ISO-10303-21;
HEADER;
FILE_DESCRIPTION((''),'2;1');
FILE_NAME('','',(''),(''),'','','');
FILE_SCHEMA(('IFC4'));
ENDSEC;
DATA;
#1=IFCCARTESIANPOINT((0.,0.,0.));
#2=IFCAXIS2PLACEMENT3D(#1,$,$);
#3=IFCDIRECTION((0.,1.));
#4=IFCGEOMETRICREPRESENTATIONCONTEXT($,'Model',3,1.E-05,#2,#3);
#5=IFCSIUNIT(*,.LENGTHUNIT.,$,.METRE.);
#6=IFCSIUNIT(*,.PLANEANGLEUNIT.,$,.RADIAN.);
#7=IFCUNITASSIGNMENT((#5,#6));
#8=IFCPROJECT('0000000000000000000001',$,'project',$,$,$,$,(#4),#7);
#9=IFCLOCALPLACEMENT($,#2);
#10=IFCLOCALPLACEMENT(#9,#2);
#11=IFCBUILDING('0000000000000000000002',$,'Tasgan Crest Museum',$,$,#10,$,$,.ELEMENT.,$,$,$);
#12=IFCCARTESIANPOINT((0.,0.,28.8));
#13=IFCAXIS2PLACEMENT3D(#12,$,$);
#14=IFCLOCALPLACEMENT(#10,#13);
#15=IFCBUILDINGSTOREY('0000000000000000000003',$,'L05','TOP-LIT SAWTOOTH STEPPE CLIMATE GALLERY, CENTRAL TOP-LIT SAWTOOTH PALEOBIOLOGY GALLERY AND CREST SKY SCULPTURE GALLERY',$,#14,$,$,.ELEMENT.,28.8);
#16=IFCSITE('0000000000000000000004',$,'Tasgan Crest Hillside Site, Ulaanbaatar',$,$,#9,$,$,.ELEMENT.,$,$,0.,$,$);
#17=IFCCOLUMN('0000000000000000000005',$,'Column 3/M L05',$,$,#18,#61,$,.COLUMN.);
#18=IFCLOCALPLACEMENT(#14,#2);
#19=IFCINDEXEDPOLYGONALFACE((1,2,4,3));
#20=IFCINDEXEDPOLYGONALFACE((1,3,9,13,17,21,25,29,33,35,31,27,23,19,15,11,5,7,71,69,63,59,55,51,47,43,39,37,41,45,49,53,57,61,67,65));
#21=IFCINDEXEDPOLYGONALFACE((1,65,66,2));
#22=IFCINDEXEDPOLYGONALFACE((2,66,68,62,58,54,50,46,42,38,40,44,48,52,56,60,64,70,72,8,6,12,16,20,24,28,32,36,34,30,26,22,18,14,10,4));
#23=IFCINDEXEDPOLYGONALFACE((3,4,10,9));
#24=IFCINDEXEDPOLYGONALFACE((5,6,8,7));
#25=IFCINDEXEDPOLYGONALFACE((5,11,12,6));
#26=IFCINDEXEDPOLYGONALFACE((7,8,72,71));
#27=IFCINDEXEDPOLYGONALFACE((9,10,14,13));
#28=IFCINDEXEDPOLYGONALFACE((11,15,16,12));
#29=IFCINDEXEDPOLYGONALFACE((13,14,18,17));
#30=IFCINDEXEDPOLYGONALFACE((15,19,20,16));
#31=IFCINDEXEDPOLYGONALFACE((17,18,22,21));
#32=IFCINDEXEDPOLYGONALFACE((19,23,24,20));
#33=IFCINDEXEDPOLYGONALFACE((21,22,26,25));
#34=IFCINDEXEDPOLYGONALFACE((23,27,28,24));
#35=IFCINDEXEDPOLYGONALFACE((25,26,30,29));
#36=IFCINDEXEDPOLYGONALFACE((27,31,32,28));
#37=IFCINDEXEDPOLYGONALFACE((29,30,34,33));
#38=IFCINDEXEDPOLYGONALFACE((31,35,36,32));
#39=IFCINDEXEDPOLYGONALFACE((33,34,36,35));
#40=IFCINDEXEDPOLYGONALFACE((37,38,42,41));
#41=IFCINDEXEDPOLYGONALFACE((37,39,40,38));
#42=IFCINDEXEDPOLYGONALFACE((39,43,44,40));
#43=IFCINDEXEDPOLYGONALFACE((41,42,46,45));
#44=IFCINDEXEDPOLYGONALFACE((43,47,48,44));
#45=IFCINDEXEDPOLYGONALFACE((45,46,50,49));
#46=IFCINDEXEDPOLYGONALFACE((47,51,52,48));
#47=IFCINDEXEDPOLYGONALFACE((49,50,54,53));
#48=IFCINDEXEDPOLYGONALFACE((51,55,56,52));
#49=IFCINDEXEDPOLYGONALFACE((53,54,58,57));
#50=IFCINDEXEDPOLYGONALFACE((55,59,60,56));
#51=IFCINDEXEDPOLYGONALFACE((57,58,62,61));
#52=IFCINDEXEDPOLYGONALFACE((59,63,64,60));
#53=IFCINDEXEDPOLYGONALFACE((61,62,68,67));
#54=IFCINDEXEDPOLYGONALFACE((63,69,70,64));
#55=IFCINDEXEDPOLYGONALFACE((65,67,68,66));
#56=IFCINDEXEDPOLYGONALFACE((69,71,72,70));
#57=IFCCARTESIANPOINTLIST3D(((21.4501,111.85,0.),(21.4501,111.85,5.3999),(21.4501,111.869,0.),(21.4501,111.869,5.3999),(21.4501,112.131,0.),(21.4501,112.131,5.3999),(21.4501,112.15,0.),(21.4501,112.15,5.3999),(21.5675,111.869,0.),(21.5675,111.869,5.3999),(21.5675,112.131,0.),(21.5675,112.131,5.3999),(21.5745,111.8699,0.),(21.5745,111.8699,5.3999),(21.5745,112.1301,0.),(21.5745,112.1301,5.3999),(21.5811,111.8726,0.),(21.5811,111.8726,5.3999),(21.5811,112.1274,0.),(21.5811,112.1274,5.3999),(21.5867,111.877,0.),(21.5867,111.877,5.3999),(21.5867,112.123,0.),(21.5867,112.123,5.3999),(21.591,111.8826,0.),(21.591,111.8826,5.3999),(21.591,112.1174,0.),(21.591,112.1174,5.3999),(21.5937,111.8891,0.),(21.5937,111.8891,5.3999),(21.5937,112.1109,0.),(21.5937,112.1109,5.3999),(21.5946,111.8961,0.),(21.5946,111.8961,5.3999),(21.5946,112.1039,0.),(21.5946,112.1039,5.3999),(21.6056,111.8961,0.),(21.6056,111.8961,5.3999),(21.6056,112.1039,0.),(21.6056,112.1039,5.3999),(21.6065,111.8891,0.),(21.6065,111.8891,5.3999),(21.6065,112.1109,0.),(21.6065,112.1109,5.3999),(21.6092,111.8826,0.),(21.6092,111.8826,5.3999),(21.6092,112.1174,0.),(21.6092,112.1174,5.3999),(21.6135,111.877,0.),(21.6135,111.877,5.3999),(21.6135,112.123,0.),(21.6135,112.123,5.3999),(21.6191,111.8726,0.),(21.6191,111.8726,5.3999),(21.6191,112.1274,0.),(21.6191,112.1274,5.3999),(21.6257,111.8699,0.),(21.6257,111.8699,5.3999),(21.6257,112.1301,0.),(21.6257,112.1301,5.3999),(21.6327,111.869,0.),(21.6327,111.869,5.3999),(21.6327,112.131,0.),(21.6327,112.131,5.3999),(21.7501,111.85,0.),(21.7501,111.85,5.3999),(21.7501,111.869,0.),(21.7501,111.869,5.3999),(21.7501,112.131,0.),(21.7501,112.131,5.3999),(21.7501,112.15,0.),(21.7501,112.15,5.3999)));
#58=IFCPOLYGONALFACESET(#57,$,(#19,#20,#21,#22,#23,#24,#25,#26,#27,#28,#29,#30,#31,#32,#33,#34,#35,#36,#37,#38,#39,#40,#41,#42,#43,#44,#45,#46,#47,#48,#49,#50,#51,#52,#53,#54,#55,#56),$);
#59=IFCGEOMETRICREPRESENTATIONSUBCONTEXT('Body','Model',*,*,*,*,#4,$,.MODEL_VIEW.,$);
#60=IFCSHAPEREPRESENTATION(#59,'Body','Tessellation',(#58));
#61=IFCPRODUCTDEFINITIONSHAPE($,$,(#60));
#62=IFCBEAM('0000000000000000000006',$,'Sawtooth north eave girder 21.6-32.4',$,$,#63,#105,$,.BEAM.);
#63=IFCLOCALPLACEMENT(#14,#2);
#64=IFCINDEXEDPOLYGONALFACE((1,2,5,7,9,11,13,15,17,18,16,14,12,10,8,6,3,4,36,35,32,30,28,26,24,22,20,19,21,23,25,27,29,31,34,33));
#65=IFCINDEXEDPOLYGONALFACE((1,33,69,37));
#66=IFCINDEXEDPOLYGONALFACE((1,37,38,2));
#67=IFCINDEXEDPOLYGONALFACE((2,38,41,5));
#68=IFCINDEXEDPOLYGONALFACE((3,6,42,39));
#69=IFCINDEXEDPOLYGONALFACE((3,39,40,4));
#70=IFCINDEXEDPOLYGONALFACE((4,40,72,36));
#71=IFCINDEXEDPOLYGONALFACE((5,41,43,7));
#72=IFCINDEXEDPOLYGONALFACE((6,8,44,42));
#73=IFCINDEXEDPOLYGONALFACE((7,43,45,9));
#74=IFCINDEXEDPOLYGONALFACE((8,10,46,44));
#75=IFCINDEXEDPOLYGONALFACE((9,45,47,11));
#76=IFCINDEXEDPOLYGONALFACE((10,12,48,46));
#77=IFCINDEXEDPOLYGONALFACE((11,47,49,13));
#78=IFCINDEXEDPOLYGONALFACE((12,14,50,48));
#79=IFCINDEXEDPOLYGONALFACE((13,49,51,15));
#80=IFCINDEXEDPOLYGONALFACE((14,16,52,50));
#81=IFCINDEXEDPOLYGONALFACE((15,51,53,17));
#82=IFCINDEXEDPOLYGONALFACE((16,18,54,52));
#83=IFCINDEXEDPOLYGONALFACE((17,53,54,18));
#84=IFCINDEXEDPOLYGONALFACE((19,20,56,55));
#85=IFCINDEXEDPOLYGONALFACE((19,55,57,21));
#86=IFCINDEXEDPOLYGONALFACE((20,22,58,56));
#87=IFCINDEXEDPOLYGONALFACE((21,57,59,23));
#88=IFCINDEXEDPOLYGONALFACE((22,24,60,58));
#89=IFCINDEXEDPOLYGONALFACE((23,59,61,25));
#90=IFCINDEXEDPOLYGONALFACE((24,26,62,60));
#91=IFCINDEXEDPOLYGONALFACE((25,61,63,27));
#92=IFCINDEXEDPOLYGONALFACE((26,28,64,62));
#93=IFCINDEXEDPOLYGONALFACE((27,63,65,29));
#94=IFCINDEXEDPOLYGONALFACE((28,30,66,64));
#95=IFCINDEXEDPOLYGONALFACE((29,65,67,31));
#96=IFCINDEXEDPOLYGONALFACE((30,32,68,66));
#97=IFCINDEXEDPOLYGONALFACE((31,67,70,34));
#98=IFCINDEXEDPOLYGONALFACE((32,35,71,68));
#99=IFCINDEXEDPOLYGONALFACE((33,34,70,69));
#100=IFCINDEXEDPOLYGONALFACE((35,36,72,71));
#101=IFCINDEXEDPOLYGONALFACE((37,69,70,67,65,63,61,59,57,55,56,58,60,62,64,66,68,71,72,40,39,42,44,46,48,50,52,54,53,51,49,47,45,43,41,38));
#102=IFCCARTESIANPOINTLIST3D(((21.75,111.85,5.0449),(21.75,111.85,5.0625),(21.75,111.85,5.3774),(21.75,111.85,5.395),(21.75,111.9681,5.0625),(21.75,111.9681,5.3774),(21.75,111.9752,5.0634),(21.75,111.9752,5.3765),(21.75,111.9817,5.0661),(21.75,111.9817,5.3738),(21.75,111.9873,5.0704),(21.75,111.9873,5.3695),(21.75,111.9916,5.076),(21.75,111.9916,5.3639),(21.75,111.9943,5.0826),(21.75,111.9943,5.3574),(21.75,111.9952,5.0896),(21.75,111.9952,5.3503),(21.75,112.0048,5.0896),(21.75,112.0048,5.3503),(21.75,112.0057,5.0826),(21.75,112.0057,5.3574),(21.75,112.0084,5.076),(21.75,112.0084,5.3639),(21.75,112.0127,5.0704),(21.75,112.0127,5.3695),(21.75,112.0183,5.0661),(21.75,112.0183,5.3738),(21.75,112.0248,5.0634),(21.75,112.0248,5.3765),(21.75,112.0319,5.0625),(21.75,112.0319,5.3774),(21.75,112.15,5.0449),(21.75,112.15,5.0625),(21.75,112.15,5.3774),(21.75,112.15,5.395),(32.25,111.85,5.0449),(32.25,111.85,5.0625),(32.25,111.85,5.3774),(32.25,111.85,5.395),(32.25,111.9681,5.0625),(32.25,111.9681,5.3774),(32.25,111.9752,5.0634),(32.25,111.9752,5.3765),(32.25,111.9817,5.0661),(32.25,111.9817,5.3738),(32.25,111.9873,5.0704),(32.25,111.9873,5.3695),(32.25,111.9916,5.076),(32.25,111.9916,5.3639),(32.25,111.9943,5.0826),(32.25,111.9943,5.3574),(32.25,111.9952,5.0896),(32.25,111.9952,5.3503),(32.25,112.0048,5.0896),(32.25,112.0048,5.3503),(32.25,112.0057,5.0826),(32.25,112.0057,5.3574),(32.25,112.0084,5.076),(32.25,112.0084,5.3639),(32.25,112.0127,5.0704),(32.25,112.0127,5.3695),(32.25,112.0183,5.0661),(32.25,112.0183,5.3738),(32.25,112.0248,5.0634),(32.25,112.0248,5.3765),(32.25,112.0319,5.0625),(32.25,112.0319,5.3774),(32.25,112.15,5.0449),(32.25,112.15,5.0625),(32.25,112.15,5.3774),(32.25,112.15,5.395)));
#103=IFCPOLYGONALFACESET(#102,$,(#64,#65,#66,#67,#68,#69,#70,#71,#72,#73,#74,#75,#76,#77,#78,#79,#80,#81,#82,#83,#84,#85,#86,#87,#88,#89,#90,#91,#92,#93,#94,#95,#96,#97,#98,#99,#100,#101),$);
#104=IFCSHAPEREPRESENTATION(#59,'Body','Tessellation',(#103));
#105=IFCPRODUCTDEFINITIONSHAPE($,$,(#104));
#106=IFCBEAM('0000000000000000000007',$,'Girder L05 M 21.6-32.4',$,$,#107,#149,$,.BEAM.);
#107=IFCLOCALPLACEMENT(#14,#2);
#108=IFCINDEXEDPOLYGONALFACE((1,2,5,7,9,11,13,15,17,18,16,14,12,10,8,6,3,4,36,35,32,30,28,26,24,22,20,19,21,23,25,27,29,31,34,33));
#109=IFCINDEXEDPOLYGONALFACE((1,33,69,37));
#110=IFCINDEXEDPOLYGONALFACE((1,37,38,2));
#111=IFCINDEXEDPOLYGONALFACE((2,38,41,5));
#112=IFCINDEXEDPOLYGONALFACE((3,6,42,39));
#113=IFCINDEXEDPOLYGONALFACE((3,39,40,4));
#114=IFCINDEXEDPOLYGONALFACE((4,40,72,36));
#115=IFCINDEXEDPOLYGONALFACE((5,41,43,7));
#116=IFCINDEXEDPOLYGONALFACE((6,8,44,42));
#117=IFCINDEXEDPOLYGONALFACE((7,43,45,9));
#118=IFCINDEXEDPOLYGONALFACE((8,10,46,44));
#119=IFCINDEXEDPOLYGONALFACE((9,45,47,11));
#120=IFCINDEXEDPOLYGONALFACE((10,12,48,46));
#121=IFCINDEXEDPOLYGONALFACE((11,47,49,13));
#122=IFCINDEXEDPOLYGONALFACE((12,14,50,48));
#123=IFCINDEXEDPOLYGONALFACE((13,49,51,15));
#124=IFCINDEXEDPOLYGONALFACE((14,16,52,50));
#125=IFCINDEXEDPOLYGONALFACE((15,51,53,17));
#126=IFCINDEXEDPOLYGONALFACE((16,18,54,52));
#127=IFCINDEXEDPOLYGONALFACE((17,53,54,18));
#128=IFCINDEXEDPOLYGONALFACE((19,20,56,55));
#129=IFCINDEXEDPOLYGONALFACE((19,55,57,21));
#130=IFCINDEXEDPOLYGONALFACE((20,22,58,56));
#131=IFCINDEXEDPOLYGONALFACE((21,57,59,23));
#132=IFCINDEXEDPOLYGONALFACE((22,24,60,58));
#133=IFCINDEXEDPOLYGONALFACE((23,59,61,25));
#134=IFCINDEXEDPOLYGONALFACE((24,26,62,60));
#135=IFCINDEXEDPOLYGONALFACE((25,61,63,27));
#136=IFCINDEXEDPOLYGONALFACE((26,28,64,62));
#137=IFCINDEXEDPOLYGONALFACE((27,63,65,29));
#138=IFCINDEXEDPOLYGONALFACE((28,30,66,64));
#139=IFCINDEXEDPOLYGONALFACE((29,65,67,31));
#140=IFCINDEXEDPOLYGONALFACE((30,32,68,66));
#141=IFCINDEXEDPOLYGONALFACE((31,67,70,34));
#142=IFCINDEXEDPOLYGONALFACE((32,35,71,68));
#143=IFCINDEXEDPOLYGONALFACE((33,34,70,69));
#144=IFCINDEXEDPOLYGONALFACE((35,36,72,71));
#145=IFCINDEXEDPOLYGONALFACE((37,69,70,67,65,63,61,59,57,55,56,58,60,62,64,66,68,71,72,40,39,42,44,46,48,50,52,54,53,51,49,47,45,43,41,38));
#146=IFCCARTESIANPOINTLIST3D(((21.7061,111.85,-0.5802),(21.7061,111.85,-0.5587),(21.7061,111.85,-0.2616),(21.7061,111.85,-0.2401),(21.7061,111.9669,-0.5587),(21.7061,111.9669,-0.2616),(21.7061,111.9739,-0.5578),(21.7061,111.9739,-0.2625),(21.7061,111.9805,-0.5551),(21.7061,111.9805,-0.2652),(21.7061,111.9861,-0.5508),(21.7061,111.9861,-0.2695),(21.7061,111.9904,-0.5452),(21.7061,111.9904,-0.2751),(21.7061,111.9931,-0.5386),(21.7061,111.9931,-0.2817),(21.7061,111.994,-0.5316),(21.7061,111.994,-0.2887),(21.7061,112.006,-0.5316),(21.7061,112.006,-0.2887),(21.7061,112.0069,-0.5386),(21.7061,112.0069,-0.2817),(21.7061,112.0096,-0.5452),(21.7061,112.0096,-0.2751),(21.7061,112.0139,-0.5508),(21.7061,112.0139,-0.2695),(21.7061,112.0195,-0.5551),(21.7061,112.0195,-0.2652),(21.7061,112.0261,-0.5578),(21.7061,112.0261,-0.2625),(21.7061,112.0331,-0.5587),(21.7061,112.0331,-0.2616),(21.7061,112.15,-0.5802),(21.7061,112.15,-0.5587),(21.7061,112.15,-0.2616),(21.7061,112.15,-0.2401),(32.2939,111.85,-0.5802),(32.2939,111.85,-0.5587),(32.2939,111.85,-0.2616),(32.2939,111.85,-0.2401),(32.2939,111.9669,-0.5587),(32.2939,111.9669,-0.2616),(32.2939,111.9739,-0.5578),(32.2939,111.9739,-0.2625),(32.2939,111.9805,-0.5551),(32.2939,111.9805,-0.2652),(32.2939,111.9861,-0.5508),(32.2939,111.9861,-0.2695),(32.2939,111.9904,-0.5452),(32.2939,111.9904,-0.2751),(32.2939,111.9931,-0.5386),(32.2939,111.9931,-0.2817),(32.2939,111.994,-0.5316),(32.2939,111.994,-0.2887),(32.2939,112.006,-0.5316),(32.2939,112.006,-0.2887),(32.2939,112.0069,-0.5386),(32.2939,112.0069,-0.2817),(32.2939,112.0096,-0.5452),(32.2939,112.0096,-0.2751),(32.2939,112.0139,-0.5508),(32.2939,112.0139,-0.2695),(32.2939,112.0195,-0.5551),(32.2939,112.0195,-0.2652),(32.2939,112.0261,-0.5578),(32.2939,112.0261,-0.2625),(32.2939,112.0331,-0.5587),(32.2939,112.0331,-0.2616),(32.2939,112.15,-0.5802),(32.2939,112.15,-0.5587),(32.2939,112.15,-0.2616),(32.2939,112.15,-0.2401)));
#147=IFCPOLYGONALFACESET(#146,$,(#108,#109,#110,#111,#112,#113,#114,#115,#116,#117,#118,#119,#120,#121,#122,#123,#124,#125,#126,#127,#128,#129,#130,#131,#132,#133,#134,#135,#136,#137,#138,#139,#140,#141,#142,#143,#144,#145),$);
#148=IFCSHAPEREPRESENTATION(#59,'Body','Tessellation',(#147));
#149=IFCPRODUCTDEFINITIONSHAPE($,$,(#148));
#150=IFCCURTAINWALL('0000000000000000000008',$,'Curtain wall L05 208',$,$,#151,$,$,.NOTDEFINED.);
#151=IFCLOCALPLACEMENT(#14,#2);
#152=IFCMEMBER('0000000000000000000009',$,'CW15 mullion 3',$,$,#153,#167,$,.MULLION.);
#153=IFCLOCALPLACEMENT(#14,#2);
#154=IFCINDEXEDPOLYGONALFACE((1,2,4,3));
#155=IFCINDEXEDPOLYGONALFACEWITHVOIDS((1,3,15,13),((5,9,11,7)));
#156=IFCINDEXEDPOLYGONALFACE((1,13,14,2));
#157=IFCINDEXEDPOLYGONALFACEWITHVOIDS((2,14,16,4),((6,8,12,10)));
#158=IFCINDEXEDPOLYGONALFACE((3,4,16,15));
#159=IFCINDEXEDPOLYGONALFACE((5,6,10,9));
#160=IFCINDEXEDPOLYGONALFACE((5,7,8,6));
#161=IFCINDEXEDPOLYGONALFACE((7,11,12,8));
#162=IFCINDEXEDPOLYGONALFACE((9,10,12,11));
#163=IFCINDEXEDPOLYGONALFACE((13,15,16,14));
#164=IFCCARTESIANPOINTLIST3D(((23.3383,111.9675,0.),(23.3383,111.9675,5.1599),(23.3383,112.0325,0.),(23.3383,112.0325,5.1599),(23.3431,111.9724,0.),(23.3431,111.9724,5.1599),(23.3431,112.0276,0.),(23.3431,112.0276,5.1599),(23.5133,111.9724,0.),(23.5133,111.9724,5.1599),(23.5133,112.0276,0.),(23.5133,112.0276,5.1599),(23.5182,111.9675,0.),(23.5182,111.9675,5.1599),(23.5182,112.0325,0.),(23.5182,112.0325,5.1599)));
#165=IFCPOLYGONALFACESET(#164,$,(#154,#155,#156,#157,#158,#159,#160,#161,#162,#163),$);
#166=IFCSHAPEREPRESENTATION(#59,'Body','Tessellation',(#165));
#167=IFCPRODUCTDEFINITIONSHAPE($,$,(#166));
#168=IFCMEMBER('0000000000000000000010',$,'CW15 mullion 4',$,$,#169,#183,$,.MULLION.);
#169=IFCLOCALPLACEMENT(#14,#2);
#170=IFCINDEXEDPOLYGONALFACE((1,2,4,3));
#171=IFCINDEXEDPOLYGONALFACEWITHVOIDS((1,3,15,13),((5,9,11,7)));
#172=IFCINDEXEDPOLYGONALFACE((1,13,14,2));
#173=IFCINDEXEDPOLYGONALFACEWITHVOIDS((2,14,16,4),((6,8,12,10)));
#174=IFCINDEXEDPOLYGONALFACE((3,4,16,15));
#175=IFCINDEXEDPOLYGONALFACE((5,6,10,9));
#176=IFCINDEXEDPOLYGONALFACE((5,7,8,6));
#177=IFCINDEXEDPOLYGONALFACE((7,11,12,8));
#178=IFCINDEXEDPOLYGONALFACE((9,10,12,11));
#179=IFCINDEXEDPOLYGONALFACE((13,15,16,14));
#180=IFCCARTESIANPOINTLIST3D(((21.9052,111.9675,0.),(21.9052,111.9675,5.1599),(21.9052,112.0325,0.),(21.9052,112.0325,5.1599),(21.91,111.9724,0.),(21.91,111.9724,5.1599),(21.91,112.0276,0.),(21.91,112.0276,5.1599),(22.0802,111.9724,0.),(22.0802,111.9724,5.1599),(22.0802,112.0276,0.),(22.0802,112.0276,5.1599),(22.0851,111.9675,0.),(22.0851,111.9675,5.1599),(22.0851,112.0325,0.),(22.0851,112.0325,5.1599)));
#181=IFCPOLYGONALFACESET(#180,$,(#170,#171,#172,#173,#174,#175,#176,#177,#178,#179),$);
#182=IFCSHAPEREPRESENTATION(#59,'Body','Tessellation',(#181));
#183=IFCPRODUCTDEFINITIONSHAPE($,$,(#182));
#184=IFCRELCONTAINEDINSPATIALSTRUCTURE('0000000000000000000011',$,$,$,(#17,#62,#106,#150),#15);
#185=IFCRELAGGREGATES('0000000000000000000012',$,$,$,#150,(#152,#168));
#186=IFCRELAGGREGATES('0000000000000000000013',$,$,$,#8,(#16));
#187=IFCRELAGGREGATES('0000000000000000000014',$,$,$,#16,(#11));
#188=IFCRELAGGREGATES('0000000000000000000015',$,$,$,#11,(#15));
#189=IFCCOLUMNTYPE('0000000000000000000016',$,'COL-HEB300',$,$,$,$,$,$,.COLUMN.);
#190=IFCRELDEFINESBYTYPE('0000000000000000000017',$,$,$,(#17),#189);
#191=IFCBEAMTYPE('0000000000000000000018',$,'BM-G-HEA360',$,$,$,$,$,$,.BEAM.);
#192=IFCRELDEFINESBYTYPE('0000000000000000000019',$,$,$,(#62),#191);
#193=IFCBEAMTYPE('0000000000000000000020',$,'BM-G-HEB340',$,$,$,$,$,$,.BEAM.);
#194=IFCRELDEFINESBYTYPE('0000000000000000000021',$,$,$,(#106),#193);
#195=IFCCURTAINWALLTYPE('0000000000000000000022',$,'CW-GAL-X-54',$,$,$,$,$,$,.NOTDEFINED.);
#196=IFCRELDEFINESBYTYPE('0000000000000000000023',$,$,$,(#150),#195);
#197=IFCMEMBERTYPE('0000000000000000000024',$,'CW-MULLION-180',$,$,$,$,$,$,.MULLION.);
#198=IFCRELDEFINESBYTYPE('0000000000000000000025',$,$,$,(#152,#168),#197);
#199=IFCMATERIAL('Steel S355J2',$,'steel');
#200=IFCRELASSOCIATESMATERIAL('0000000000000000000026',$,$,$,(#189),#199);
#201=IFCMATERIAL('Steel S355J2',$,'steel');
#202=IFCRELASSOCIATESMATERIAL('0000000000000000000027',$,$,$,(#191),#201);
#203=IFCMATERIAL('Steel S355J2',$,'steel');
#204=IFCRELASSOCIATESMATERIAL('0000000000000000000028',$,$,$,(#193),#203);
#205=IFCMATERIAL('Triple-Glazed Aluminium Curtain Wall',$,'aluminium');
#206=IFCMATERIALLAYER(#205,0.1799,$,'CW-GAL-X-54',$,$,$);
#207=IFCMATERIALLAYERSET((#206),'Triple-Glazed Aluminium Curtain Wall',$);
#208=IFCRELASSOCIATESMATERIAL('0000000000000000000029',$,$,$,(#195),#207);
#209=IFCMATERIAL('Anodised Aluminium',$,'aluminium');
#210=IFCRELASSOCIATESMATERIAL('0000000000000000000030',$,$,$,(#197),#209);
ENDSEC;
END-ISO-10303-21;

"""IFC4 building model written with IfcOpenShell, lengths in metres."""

from ifc_helpers import new_model, si_unit, direction, frame, origin, origin_2d, place, context, subcontext, project, spatial, hollow_rectangle, i_section, extrude, material, layer, layer_set, material_profile, profile_set, type_object, element, aggregate, save


model = new_model("IFC4")

# Units and contexts
model_context = context("Model", 3, precision=1e-05, world=origin(), true_north=direction((0.0, 1.0)))
body_context = subcontext(model_context, "Body", "Model", "MODEL_VIEW")
ifc_project = project(units=[si_unit("LENGTHUNIT", "METRE"), si_unit("PLANEANGLEUNIT", "RADIAN")], contexts=[model_context])

# Site, building, storey
site_placement = place(None, origin())
site = spatial("IfcSite", under=ifc_project, at=site_placement, Name="Tasgan Crest Hillside Site, Ulaanbaatar", CompositionType="ELEMENT", RefElevation=0.0)
building_placement = place(site_placement, origin())
building = spatial("IfcBuilding", under=site, at=building_placement, Name="Tasgan Crest Museum", CompositionType="ELEMENT")
storey_placement = place(building_placement, frame((0.0, 0.0, 28.8)))
storey = spatial("IfcBuildingStorey", under=building, at=storey_placement, Name="L05", Description="TOP-LIT SAWTOOTH STEPPE CLIMATE GALLERY, CENTRAL TOP-LIT SAWTOOTH PALEOBIOLOGY GALLERY AND CREST SKY SCULPTURE GALLERY", CompositionType="ELEMENT", Elevation=28.8)

# Column
ifc_material_1 = material(Name="Steel S355J2", Category="steel")
ifc_material_profile_1 = material_profile(ifc_material_1, i_section(OverallWidth=0.3, OverallDepth=0.3, WebThickness=0.011, FlangeThickness=0.019, FilletRadius=0.0271, at=origin_2d()), Name="HEB 300")
ifc_profile_set_1 = profile_set([ifc_material_profile_1], Name="Steel S355J2")
column_type = type_object("IfcColumnType", Name="COL-HEB300", PredefinedType="COLUMN", material=ifc_profile_set_1)
column_placement = place(storey_placement, frame((21.6001, 112.0, 0.0), z_axis=(0.0, 0.0, 1.0), x_axis=(1.0, 0.0, 0.0)))
element("IfcColumn", 1, at=column_placement, inside=storey, type_object=column_type, Name="Column 3/M L05", PredefinedType="COLUMN", context=body_context, shape_type="SweptSolid", body=[
    extrude(i_section(OverallWidth=0.3, OverallDepth=0.3, WebThickness=0.011, FlangeThickness=0.019, FilletRadius=0.0271, at=origin_2d()), origin(), (0.0, 0.0, 1.0), 5.3999),
])

# Beams
ifc_material_2 = material(Name="Steel S355J2", Category="steel")
ifc_material_profile_2 = material_profile(ifc_material_2, i_section(OverallWidth=0.3, OverallDepth=0.3501, WebThickness=0.0095, FlangeThickness=0.0176, FilletRadius=0.0271, at=origin_2d()), Name="HEA 360")
ifc_profile_set_2 = profile_set([ifc_material_profile_2], Name="Steel S355J2")
beam_type_1 = type_object("IfcBeamType", Name="BM-G-HEA360", PredefinedType="BEAM", material=ifc_profile_set_2)
beam_1_placement = place(storey_placement, frame((21.75, 112.0, 5.22), z_axis=(1.0, 0.0, 0.0), x_axis=(0.0, 1.0, 0.0)))
element("IfcBeam", 2, at=beam_1_placement, inside=storey, type_object=beam_type_1, Name="Sawtooth north eave girder 21.6-32.4", PredefinedType="BEAM", context=body_context, shape_type="SweptSolid", body=[
    extrude(i_section(OverallWidth=0.3, OverallDepth=0.3501, WebThickness=0.0095, FlangeThickness=0.0176, FilletRadius=0.0271, at=origin_2d()), origin(), (0.0, 0.0, 1.0), 10.5),
])
ifc_material_3 = material(Name="Steel S355J2", Category="steel")
ifc_material_profile_3 = material_profile(ifc_material_3, i_section(OverallWidth=0.3, OverallDepth=0.3401, WebThickness=0.012, FlangeThickness=0.0215, FilletRadius=0.0271, at=origin_2d()), Name="HEB 340")
ifc_profile_set_3 = profile_set([ifc_material_profile_3], Name="Steel S355J2")
beam_type_2 = type_object("IfcBeamType", Name="BM-G-HEB340", PredefinedType="BEAM", material=ifc_profile_set_3)
beam_2_placement = place(storey_placement, frame((21.7061, 112.0, -0.4102), z_axis=(1.0, 0.0, 0.0), x_axis=(0.0, 1.0, 0.0)))
element("IfcBeam", 3, at=beam_2_placement, inside=storey, type_object=beam_type_2, Name="Girder L05 M 21.6-32.4", PredefinedType="BEAM", context=body_context, shape_type="SweptSolid", body=[
    extrude(i_section(OverallWidth=0.3, OverallDepth=0.3401, WebThickness=0.012, FlangeThickness=0.0215, FilletRadius=0.0271, at=origin_2d()), origin(), (0.0, 0.0, 1.0), 10.5879),
])

# Curtain wall, members
ifc_material_4 = material(Name="Triple-Glazed Aluminium Curtain Wall", Category="aluminium")
ifc_layer_1 = layer(ifc_material_4, 0.1799, Name="CW-GAL-X-54")
ifc_layer_set_1 = layer_set([ifc_layer_1], Name="Triple-Glazed Aluminium Curtain Wall")
curtain_wall_type = type_object("IfcCurtainWallType", Name="CW-GAL-X-54", PredefinedType="NOTDEFINED", material=ifc_layer_set_1)
curtain_wall_placement = place(storey_placement, origin())
curtain_wall = element("IfcCurtainWall", 4, at=curtain_wall_placement, inside=storey, type_object=curtain_wall_type, Name="Curtain wall L05 208", PredefinedType="NOTDEFINED")
ifc_material_5 = material(Name="Anodised Aluminium", Category="aluminium")
ifc_material_profile_4 = material_profile(ifc_material_5, hollow_rectangle(XDim=0.0649, YDim=0.1799, WallThickness=0.0049, at=origin_2d()), Name="ALU MULLION 180x65x5")
ifc_profile_set_4 = profile_set([ifc_material_profile_4], Name="Anodised Aluminium")
member_type_1 = type_object("IfcMemberType", Name="CW-MULLION-180", PredefinedType="MULLION", material=ifc_profile_set_4)
member_1_placement = place(storey_placement, frame((23.4282, 112.0, 0.0), z_axis=(0.0, 0.0, 1.0), x_axis=(0.0, -1.0, 0.0)))
member_1 = element("IfcMember", 5, at=member_1_placement, type_object=member_type_1, Name="CW15 mullion 3", PredefinedType="MULLION", context=body_context, shape_type="SweptSolid", body=[
    extrude(hollow_rectangle(XDim=0.0649, YDim=0.1799, WallThickness=0.0049, at=origin_2d()), origin(), (0.0, 0.0, 1.0), 5.1599),
])
member_2_placement = place(storey_placement, frame((21.9951, 112.0, 0.0), z_axis=(0.0, 0.0, 1.0), x_axis=(0.0, -1.0, 0.0)))
member_2 = element("IfcMember", 6, at=member_2_placement, type_object=member_type_1, Name="CW15 mullion 4", PredefinedType="MULLION", context=body_context, shape_type="SweptSolid", body=[
    extrude(hollow_rectangle(XDim=0.0649, YDim=0.1799, WallThickness=0.0049, at=origin_2d()), origin(), (0.0, 0.0, 1.0), 5.1599),
])

aggregate(curtain_wall, [member_1, member_2])

save(model, "model.ifc")
